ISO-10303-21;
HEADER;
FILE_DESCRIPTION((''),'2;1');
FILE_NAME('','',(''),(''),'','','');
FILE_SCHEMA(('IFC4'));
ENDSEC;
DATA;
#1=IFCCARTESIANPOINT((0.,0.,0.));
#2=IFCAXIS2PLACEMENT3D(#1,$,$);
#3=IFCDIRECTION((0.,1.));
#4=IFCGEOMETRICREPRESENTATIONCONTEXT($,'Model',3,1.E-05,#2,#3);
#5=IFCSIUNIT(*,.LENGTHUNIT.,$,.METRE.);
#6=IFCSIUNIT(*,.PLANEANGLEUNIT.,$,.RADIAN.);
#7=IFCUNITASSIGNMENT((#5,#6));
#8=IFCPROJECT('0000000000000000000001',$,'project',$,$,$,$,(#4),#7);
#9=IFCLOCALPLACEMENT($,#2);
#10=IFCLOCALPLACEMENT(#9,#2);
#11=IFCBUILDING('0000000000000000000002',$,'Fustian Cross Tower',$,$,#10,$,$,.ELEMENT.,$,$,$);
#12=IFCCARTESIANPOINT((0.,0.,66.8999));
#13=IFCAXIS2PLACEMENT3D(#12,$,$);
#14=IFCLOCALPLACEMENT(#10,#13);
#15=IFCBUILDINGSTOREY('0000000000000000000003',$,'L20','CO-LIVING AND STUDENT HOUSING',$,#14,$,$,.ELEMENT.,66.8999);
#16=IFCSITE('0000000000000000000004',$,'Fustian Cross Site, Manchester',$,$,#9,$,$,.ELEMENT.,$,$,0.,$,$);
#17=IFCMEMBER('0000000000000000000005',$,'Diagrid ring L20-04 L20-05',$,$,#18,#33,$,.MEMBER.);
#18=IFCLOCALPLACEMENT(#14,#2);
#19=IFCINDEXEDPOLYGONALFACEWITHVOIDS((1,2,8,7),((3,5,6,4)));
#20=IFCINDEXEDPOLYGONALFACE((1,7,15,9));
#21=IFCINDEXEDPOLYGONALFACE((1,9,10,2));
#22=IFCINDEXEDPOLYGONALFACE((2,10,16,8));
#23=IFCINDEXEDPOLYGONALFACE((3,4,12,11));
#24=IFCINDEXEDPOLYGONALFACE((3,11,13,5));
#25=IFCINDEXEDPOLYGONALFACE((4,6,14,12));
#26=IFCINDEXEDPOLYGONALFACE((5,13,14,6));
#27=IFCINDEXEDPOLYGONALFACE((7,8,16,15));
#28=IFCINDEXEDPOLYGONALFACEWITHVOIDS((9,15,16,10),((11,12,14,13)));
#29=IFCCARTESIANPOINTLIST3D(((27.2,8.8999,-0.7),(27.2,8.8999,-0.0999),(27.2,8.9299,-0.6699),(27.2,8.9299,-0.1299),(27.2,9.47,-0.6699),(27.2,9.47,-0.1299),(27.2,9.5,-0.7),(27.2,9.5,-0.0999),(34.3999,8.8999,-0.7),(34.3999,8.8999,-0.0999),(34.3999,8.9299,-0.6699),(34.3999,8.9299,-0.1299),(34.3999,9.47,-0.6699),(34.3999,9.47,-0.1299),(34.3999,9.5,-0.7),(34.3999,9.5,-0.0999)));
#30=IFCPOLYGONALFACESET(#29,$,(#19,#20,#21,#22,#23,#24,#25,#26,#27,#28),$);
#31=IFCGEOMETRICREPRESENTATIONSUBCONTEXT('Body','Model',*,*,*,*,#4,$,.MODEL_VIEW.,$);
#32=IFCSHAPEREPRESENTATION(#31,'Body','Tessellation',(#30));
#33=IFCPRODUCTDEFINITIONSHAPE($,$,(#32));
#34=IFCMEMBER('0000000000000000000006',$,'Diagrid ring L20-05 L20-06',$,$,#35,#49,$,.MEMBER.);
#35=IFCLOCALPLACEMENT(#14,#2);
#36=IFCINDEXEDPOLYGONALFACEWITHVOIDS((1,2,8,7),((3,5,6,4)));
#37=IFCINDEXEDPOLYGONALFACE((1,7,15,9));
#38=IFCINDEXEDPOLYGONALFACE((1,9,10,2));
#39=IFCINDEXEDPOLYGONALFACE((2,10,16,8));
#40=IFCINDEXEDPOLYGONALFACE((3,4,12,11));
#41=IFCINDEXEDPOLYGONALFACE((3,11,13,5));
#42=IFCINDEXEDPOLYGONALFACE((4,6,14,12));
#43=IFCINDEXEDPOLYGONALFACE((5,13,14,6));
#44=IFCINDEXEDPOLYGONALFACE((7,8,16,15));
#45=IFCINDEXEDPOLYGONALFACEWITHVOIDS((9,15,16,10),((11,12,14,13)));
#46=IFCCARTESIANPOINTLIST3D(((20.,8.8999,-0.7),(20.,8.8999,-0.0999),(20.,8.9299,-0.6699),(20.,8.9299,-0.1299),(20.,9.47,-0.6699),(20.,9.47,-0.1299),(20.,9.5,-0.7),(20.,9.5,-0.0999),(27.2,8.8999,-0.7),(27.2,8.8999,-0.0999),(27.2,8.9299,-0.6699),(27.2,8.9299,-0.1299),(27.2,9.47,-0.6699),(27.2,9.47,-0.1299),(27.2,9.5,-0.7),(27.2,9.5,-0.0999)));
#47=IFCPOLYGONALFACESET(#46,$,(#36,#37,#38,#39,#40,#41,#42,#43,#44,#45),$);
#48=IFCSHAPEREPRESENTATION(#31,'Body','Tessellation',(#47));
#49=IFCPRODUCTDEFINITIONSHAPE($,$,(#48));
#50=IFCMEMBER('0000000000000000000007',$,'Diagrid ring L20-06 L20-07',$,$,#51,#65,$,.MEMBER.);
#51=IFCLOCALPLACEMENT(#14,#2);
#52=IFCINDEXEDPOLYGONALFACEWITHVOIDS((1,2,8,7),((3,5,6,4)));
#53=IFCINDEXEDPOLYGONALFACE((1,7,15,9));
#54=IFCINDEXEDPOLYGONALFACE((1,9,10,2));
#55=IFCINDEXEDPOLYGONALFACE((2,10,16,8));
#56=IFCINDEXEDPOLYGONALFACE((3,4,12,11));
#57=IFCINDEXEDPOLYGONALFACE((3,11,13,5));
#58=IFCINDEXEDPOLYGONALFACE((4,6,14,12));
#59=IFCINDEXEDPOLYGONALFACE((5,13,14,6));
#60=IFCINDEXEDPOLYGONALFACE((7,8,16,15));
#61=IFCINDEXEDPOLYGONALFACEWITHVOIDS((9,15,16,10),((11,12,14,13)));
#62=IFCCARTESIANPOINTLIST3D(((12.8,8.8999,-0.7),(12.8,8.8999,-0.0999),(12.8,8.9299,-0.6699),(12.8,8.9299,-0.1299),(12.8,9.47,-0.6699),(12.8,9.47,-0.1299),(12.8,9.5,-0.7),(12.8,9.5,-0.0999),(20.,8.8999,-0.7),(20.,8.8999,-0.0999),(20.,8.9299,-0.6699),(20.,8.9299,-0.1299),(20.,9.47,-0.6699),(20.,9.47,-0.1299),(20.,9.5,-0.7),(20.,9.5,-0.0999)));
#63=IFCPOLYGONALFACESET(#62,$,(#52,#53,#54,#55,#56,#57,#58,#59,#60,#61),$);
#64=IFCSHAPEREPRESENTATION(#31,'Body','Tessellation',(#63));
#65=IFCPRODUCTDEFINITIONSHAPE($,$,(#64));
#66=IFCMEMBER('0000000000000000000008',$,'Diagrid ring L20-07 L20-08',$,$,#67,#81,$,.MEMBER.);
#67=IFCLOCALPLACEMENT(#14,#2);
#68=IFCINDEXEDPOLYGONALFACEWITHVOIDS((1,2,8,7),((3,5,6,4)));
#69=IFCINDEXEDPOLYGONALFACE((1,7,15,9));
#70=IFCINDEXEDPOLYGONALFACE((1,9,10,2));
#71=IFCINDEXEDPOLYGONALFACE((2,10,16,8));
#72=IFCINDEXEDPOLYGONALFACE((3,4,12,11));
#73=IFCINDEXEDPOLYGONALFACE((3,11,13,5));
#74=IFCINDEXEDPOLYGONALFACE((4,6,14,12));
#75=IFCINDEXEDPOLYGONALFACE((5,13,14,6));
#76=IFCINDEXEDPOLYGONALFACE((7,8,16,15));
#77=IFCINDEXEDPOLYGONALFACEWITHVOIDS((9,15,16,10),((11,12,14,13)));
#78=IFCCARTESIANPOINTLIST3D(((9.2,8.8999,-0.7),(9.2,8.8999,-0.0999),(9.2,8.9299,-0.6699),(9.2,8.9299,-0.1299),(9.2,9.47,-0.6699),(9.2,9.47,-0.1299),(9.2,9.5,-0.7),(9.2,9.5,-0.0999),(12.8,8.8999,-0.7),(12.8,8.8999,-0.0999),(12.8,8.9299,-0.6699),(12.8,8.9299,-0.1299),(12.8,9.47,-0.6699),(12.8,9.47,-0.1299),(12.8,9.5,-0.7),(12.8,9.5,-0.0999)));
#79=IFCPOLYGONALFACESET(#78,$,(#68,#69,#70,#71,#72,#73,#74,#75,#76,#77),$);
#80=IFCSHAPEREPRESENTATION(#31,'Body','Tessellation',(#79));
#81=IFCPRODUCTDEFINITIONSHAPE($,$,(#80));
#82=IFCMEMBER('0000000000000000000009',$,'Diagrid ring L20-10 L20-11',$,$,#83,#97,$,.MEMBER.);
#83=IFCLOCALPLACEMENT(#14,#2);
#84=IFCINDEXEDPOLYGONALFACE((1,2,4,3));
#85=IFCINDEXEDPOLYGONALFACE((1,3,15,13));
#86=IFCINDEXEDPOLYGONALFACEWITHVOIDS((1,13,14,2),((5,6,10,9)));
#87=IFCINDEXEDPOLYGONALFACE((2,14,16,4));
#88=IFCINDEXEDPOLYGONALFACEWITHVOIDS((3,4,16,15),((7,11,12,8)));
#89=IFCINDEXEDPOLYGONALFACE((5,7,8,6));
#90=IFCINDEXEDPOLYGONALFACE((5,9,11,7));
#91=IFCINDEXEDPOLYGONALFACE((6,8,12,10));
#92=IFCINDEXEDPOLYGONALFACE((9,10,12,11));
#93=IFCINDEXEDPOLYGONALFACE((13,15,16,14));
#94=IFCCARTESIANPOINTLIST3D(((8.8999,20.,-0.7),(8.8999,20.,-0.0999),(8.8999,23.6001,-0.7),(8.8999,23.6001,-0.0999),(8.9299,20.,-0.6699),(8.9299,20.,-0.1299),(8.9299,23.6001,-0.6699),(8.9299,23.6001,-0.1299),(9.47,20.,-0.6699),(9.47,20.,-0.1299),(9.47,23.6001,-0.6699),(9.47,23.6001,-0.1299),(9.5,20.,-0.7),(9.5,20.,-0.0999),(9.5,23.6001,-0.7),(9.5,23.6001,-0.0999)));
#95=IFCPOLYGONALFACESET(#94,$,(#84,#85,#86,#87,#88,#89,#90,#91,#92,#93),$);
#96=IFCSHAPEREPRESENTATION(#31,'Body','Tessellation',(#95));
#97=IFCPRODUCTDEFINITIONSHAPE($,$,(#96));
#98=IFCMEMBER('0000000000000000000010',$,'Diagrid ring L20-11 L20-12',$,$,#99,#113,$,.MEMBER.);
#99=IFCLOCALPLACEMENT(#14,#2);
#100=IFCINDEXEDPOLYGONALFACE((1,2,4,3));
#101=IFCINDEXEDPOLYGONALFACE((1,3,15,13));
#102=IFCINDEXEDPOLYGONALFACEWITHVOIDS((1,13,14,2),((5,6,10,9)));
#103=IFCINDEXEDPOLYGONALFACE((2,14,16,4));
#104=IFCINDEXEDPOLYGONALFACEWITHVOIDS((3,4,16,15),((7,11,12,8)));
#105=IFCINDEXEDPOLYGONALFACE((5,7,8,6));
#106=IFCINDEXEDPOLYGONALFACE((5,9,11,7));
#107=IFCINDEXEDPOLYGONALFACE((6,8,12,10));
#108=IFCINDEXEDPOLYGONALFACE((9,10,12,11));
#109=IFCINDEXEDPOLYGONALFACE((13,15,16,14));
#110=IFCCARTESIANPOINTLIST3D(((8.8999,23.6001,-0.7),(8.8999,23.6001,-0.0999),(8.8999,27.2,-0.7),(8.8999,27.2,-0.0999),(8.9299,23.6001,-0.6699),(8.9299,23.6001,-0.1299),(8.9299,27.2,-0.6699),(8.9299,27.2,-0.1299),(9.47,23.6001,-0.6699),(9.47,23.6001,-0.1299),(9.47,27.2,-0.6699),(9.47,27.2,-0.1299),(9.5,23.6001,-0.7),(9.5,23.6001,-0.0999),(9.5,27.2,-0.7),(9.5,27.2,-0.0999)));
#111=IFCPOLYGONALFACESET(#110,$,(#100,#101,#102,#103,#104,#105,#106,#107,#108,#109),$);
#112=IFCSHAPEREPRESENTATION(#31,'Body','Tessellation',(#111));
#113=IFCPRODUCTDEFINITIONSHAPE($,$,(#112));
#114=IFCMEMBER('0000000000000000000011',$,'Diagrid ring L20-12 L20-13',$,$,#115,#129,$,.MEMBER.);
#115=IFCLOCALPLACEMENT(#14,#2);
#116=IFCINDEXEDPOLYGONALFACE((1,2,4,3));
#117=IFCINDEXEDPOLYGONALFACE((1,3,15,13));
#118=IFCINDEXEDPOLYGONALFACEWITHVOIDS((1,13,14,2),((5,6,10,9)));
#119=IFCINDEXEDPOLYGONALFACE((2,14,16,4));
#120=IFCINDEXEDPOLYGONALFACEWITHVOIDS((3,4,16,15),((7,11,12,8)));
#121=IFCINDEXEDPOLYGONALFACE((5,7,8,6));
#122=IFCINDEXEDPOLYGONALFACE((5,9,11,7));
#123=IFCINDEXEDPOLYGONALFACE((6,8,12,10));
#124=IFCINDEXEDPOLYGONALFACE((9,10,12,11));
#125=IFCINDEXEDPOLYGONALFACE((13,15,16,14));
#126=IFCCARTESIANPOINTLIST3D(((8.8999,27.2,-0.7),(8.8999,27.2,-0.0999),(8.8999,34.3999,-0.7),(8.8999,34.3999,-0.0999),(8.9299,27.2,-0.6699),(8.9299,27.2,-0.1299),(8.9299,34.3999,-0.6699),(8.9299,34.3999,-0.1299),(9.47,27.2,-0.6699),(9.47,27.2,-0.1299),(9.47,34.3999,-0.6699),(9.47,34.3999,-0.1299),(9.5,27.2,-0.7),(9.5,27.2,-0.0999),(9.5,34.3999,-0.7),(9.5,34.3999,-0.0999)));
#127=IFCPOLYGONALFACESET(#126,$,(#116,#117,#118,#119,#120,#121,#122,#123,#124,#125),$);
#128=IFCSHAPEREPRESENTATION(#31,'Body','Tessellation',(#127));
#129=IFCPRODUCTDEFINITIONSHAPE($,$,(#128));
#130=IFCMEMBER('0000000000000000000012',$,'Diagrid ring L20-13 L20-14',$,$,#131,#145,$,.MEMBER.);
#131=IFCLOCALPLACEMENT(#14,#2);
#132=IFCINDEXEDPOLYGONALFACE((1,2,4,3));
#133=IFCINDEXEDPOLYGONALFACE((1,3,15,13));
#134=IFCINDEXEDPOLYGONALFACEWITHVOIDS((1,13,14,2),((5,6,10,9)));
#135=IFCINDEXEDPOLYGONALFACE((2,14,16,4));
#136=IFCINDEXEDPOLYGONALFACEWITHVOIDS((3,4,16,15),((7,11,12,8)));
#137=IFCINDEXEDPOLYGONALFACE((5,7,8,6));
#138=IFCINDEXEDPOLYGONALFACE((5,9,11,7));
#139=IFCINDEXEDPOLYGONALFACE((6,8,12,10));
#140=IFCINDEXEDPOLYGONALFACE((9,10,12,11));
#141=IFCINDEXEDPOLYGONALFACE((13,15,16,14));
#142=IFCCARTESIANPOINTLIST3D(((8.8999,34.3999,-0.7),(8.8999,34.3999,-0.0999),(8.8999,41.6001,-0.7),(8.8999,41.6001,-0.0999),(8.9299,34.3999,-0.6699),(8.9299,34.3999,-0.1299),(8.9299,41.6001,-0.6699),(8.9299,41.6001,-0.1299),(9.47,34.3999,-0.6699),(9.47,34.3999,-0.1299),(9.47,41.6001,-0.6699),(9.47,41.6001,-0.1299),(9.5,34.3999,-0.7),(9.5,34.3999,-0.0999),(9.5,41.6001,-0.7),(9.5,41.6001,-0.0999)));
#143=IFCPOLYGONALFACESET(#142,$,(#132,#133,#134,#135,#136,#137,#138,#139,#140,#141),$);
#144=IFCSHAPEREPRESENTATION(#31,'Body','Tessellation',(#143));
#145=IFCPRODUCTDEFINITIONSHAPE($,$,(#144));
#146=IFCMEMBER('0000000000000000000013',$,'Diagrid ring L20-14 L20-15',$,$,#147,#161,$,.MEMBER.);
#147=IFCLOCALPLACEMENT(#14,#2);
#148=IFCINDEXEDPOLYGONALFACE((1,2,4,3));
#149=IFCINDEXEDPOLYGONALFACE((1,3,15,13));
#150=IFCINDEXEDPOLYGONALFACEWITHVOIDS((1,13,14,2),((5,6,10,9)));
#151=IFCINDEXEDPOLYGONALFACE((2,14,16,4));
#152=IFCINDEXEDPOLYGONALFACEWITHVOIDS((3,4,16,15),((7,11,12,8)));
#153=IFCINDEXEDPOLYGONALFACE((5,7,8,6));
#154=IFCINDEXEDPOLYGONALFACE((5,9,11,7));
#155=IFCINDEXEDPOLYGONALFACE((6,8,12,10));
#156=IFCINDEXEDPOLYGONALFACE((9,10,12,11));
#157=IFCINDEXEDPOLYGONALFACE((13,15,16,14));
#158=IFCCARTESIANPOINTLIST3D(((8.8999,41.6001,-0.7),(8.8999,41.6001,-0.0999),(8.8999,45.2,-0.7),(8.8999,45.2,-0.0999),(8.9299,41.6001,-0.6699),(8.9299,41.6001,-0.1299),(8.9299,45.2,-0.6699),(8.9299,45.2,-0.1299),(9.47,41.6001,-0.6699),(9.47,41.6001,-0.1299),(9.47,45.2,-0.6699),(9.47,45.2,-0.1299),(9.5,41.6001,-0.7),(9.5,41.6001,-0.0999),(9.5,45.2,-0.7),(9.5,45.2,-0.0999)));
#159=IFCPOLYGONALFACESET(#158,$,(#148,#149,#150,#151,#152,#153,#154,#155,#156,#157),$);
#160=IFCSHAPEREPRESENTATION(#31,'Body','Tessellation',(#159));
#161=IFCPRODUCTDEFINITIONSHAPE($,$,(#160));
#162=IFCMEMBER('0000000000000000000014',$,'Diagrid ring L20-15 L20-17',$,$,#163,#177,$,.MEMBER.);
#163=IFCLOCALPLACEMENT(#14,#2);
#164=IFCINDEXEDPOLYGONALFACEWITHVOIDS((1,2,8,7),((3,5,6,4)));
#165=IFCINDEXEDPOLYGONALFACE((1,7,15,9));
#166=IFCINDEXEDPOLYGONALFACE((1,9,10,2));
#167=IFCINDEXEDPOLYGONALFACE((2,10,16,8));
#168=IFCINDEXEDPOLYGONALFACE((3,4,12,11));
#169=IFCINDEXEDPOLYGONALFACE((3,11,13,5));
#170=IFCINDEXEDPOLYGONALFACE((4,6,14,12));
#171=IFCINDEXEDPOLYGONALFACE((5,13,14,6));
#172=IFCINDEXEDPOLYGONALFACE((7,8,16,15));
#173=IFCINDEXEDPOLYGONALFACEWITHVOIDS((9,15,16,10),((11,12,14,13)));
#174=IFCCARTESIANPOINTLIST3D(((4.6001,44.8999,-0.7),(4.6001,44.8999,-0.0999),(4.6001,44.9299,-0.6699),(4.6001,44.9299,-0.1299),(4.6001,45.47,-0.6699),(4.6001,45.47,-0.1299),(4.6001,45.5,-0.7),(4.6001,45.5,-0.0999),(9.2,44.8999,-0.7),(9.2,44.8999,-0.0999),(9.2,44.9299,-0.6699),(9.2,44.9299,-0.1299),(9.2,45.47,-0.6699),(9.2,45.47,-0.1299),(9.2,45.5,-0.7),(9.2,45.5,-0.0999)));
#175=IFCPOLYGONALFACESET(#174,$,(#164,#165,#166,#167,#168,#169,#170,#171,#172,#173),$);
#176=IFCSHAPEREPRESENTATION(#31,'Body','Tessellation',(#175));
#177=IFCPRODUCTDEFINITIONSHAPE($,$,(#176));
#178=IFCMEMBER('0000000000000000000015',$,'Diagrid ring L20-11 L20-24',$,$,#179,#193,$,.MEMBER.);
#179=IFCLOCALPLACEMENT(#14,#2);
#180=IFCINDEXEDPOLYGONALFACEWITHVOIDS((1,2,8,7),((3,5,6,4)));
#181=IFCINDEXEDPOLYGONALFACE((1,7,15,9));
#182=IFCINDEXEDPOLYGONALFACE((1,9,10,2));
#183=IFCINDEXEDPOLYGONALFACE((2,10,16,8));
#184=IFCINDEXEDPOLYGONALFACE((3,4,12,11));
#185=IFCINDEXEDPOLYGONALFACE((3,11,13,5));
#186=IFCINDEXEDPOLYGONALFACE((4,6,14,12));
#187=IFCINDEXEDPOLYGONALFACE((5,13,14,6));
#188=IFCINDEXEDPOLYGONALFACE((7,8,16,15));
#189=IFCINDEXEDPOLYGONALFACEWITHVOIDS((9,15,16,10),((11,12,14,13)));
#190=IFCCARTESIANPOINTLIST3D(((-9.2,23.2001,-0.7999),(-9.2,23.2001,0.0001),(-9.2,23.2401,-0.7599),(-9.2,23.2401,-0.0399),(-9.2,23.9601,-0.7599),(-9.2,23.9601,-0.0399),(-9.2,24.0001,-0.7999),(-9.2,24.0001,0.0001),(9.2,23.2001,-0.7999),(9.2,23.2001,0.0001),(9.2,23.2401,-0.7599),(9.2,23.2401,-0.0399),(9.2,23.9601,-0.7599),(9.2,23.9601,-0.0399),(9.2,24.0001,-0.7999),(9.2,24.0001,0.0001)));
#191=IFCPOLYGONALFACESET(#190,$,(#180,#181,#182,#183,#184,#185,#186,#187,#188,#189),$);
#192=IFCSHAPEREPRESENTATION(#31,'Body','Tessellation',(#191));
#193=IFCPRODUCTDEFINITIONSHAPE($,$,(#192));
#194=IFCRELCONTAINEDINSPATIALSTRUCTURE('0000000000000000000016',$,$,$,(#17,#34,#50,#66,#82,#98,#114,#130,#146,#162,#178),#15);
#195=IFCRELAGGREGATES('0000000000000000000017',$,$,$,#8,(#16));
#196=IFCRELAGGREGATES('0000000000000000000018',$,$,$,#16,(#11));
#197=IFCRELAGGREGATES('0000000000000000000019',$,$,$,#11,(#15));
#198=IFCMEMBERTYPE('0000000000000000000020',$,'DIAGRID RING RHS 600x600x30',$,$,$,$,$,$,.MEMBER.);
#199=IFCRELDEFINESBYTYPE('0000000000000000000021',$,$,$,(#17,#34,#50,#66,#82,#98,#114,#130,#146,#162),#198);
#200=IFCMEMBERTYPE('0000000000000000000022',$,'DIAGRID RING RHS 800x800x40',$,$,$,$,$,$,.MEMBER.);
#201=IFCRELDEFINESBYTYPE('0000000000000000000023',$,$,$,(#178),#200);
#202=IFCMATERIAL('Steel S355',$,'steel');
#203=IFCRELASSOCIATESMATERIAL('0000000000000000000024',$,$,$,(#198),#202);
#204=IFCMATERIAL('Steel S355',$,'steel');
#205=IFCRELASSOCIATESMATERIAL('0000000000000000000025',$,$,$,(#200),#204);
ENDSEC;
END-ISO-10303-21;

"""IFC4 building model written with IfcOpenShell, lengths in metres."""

from ifc_helpers import new_model, si_unit, direction, frame, origin, origin_2d, place, context, subcontext, project, spatial, hollow_rectangle, extrude, material, material_profile, profile_set, type_object, element, save


model = new_model("IFC4")

# Units and contexts
model_context = context("Model", 3, precision=1e-05, world=origin(), true_north=direction((0.0, 1.0)))
body_context = subcontext(model_context, "Body", "Model", "MODEL_VIEW")
ifc_project = project(units=[si_unit("LENGTHUNIT", "METRE"), si_unit("PLANEANGLEUNIT", "RADIAN")], contexts=[model_context])

# Site, building, storey
site_placement = place(None, origin())
site = spatial("IfcSite", under=ifc_project, at=site_placement, Name="Fustian Cross Site, Manchester", CompositionType="ELEMENT", RefElevation=0.0)
building_placement = place(site_placement, origin())
building = spatial("IfcBuilding", under=site, at=building_placement, Name="Fustian Cross Tower", CompositionType="ELEMENT")
storey_placement = place(building_placement, frame((0.0, 0.0, 66.8999)))
storey = spatial("IfcBuildingStorey", under=building, at=storey_placement, Name="L20", Description="CO-LIVING AND STUDENT HOUSING", CompositionType="ELEMENT", Elevation=66.8999)

# Members
ifc_material_1 = material(Name="Steel S355", Category="steel")
ifc_material_profile_1 = material_profile(ifc_material_1, hollow_rectangle(XDim=0.6001, YDim=0.6001, WallThickness=0.03, at=origin_2d()), Name="RHS 600x600x30")
ifc_profile_set_1 = profile_set([ifc_material_profile_1], Name="Steel S355")
member_type_1 = type_object("IfcMemberType", Name="DIAGRID RING RHS 600x600x30", PredefinedType="MEMBER", material=ifc_profile_set_1)
for number, where, z_axis, x_axis, name in (
    (1, (34.3999, 9.2, -0.3999), (-1.0, 0.0, 0.0), (0.0, -1.0, 0.0), "Diagrid ring L20-04 L20-05"),
    (2, (27.2, 9.2, -0.3999), (-1.0, 0.0, 0.0), (0.0, -1.0, 0.0), "Diagrid ring L20-05 L20-06"),
    (3, (20.0, 9.2, -0.3999), (-1.0, 0.0, 0.0), (0.0, -1.0, 0.0), "Diagrid ring L20-06 L20-07"),
):
    element("IfcMember", number, at=place(storey_placement, frame(where, z_axis=z_axis, x_axis=x_axis)), inside=storey, type_object=member_type_1, Name=name, PredefinedType="MEMBER", context=body_context, shape_type="SweptSolid", body=[
        extrude(hollow_rectangle(XDim=0.6001, YDim=0.6001, WallThickness=0.03, at=origin_2d()), origin(), (0.0, 0.0, 1.0), 7.2),
    ])
for number, where, z_axis, x_axis, name in (
    (4, (12.8, 9.2, -0.3999), (-1.0, 0.0, 0.0), (0.0, -1.0, 0.0), "Diagrid ring L20-07 L20-08"),
    (5, (9.2, 20.0, -0.3999), (0.0, 1.0, 0.0), (-1.0, 0.0, 0.0), "Diagrid ring L20-10 L20-11"),
):
    element("IfcMember", number, at=place(storey_placement, frame(where, z_axis=z_axis, x_axis=x_axis)), inside=storey, type_object=member_type_1, Name=name, PredefinedType="MEMBER", context=body_context, shape_type="SweptSolid", body=[
        extrude(hollow_rectangle(XDim=0.6001, YDim=0.6001, WallThickness=0.03, at=origin_2d()), origin(), (0.0, 0.0, 1.0), 3.6001),
    ])
member_1_placement = place(storey_placement, frame((9.2, 23.6001, -0.3999), z_axis=(0.0, 1.0, 0.0), x_axis=(-1.0, 0.0, 0.0)))
element("IfcMember", 6, at=member_1_placement, inside=storey, type_object=member_type_1, Name="Diagrid ring L20-11 L20-12", PredefinedType="MEMBER", context=body_context, shape_type="SweptSolid", body=[
    extrude(hollow_rectangle(XDim=0.6001, YDim=0.6001, WallThickness=0.03, at=origin_2d()), origin(), (0.0, 0.0, 1.0), 3.5999),
])
member_2_placement = place(storey_placement, frame((9.2, 27.2, -0.3999), z_axis=(0.0, 1.0, 0.0), x_axis=(-1.0, 0.0, 0.0)))
element("IfcMember", 7, at=member_2_placement, inside=storey, type_object=member_type_1, Name="Diagrid ring L20-12 L20-13", PredefinedType="MEMBER", context=body_context, shape_type="SweptSolid", body=[
    extrude(hollow_rectangle(XDim=0.6001, YDim=0.6001, WallThickness=0.03, at=origin_2d()), origin(), (0.0, 0.0, 1.0), 7.2),
])
member_3_placement = place(storey_placement, frame((9.2, 34.3999, -0.3999), z_axis=(0.0, 1.0, 0.0), x_axis=(-1.0, 0.0, 0.0)))
element("IfcMember", 8, at=member_3_placement, inside=storey, type_object=member_type_1, Name="Diagrid ring L20-13 L20-14", PredefinedType="MEMBER", context=body_context, shape_type="SweptSolid", body=[
    extrude(hollow_rectangle(XDim=0.6001, YDim=0.6001, WallThickness=0.03, at=origin_2d()), origin(), (0.0, 0.0, 1.0), 7.2002),
])
member_4_placement = place(storey_placement, frame((9.2, 41.6001, -0.3999), z_axis=(0.0, 1.0, 0.0), x_axis=(-1.0, 0.0, 0.0)))
element("IfcMember", 9, at=member_4_placement, inside=storey, type_object=member_type_1, Name="Diagrid ring L20-14 L20-15", PredefinedType="MEMBER", context=body_context, shape_type="SweptSolid", body=[
    extrude(hollow_rectangle(XDim=0.6001, YDim=0.6001, WallThickness=0.03, at=origin_2d()), origin(), (0.0, 0.0, 1.0), 3.5999),
])
member_5_placement = place(storey_placement, frame((9.2, 45.2, -0.3999), z_axis=(-1.0, 0.0, 0.0), x_axis=(0.0, -1.0, 0.0)))
element("IfcMember", 10, at=member_5_placement, inside=storey, type_object=member_type_1, Name="Diagrid ring L20-15 L20-17", PredefinedType="MEMBER", context=body_context, shape_type="SweptSolid", body=[
    extrude(hollow_rectangle(XDim=0.6001, YDim=0.6001, WallThickness=0.03, at=origin_2d()), origin(), (0.0, 0.0, 1.0), 4.5999),
])
ifc_material_2 = material(Name="Steel S355", Category="steel")
ifc_material_profile_2 = material_profile(ifc_material_2, hollow_rectangle(XDim=0.8, YDim=0.8, WallThickness=0.04, at=origin_2d()), Name="RHS 800x800x40")
ifc_profile_set_2 = profile_set([ifc_material_profile_2], Name="Steel S355")
member_type_2 = type_object("IfcMemberType", Name="DIAGRID RING RHS 800x800x40", PredefinedType="MEMBER", material=ifc_profile_set_2)
member_6_placement = place(storey_placement, frame((9.2, 23.6001, -0.3999), z_axis=(-1.0, 0.0, 0.0), x_axis=(0.0, -1.0, 0.0)))
element("IfcMember", 11, at=member_6_placement, inside=storey, type_object=member_type_2, Name="Diagrid ring L20-11 L20-24", PredefinedType="MEMBER", context=body_context, shape_type="SweptSolid", body=[
    extrude(hollow_rectangle(XDim=0.8, YDim=0.8, WallThickness=0.04, at=origin_2d()), origin(), (0.0, 0.0, 1.0), 18.3999),
])

save(model, "model.ifc")
